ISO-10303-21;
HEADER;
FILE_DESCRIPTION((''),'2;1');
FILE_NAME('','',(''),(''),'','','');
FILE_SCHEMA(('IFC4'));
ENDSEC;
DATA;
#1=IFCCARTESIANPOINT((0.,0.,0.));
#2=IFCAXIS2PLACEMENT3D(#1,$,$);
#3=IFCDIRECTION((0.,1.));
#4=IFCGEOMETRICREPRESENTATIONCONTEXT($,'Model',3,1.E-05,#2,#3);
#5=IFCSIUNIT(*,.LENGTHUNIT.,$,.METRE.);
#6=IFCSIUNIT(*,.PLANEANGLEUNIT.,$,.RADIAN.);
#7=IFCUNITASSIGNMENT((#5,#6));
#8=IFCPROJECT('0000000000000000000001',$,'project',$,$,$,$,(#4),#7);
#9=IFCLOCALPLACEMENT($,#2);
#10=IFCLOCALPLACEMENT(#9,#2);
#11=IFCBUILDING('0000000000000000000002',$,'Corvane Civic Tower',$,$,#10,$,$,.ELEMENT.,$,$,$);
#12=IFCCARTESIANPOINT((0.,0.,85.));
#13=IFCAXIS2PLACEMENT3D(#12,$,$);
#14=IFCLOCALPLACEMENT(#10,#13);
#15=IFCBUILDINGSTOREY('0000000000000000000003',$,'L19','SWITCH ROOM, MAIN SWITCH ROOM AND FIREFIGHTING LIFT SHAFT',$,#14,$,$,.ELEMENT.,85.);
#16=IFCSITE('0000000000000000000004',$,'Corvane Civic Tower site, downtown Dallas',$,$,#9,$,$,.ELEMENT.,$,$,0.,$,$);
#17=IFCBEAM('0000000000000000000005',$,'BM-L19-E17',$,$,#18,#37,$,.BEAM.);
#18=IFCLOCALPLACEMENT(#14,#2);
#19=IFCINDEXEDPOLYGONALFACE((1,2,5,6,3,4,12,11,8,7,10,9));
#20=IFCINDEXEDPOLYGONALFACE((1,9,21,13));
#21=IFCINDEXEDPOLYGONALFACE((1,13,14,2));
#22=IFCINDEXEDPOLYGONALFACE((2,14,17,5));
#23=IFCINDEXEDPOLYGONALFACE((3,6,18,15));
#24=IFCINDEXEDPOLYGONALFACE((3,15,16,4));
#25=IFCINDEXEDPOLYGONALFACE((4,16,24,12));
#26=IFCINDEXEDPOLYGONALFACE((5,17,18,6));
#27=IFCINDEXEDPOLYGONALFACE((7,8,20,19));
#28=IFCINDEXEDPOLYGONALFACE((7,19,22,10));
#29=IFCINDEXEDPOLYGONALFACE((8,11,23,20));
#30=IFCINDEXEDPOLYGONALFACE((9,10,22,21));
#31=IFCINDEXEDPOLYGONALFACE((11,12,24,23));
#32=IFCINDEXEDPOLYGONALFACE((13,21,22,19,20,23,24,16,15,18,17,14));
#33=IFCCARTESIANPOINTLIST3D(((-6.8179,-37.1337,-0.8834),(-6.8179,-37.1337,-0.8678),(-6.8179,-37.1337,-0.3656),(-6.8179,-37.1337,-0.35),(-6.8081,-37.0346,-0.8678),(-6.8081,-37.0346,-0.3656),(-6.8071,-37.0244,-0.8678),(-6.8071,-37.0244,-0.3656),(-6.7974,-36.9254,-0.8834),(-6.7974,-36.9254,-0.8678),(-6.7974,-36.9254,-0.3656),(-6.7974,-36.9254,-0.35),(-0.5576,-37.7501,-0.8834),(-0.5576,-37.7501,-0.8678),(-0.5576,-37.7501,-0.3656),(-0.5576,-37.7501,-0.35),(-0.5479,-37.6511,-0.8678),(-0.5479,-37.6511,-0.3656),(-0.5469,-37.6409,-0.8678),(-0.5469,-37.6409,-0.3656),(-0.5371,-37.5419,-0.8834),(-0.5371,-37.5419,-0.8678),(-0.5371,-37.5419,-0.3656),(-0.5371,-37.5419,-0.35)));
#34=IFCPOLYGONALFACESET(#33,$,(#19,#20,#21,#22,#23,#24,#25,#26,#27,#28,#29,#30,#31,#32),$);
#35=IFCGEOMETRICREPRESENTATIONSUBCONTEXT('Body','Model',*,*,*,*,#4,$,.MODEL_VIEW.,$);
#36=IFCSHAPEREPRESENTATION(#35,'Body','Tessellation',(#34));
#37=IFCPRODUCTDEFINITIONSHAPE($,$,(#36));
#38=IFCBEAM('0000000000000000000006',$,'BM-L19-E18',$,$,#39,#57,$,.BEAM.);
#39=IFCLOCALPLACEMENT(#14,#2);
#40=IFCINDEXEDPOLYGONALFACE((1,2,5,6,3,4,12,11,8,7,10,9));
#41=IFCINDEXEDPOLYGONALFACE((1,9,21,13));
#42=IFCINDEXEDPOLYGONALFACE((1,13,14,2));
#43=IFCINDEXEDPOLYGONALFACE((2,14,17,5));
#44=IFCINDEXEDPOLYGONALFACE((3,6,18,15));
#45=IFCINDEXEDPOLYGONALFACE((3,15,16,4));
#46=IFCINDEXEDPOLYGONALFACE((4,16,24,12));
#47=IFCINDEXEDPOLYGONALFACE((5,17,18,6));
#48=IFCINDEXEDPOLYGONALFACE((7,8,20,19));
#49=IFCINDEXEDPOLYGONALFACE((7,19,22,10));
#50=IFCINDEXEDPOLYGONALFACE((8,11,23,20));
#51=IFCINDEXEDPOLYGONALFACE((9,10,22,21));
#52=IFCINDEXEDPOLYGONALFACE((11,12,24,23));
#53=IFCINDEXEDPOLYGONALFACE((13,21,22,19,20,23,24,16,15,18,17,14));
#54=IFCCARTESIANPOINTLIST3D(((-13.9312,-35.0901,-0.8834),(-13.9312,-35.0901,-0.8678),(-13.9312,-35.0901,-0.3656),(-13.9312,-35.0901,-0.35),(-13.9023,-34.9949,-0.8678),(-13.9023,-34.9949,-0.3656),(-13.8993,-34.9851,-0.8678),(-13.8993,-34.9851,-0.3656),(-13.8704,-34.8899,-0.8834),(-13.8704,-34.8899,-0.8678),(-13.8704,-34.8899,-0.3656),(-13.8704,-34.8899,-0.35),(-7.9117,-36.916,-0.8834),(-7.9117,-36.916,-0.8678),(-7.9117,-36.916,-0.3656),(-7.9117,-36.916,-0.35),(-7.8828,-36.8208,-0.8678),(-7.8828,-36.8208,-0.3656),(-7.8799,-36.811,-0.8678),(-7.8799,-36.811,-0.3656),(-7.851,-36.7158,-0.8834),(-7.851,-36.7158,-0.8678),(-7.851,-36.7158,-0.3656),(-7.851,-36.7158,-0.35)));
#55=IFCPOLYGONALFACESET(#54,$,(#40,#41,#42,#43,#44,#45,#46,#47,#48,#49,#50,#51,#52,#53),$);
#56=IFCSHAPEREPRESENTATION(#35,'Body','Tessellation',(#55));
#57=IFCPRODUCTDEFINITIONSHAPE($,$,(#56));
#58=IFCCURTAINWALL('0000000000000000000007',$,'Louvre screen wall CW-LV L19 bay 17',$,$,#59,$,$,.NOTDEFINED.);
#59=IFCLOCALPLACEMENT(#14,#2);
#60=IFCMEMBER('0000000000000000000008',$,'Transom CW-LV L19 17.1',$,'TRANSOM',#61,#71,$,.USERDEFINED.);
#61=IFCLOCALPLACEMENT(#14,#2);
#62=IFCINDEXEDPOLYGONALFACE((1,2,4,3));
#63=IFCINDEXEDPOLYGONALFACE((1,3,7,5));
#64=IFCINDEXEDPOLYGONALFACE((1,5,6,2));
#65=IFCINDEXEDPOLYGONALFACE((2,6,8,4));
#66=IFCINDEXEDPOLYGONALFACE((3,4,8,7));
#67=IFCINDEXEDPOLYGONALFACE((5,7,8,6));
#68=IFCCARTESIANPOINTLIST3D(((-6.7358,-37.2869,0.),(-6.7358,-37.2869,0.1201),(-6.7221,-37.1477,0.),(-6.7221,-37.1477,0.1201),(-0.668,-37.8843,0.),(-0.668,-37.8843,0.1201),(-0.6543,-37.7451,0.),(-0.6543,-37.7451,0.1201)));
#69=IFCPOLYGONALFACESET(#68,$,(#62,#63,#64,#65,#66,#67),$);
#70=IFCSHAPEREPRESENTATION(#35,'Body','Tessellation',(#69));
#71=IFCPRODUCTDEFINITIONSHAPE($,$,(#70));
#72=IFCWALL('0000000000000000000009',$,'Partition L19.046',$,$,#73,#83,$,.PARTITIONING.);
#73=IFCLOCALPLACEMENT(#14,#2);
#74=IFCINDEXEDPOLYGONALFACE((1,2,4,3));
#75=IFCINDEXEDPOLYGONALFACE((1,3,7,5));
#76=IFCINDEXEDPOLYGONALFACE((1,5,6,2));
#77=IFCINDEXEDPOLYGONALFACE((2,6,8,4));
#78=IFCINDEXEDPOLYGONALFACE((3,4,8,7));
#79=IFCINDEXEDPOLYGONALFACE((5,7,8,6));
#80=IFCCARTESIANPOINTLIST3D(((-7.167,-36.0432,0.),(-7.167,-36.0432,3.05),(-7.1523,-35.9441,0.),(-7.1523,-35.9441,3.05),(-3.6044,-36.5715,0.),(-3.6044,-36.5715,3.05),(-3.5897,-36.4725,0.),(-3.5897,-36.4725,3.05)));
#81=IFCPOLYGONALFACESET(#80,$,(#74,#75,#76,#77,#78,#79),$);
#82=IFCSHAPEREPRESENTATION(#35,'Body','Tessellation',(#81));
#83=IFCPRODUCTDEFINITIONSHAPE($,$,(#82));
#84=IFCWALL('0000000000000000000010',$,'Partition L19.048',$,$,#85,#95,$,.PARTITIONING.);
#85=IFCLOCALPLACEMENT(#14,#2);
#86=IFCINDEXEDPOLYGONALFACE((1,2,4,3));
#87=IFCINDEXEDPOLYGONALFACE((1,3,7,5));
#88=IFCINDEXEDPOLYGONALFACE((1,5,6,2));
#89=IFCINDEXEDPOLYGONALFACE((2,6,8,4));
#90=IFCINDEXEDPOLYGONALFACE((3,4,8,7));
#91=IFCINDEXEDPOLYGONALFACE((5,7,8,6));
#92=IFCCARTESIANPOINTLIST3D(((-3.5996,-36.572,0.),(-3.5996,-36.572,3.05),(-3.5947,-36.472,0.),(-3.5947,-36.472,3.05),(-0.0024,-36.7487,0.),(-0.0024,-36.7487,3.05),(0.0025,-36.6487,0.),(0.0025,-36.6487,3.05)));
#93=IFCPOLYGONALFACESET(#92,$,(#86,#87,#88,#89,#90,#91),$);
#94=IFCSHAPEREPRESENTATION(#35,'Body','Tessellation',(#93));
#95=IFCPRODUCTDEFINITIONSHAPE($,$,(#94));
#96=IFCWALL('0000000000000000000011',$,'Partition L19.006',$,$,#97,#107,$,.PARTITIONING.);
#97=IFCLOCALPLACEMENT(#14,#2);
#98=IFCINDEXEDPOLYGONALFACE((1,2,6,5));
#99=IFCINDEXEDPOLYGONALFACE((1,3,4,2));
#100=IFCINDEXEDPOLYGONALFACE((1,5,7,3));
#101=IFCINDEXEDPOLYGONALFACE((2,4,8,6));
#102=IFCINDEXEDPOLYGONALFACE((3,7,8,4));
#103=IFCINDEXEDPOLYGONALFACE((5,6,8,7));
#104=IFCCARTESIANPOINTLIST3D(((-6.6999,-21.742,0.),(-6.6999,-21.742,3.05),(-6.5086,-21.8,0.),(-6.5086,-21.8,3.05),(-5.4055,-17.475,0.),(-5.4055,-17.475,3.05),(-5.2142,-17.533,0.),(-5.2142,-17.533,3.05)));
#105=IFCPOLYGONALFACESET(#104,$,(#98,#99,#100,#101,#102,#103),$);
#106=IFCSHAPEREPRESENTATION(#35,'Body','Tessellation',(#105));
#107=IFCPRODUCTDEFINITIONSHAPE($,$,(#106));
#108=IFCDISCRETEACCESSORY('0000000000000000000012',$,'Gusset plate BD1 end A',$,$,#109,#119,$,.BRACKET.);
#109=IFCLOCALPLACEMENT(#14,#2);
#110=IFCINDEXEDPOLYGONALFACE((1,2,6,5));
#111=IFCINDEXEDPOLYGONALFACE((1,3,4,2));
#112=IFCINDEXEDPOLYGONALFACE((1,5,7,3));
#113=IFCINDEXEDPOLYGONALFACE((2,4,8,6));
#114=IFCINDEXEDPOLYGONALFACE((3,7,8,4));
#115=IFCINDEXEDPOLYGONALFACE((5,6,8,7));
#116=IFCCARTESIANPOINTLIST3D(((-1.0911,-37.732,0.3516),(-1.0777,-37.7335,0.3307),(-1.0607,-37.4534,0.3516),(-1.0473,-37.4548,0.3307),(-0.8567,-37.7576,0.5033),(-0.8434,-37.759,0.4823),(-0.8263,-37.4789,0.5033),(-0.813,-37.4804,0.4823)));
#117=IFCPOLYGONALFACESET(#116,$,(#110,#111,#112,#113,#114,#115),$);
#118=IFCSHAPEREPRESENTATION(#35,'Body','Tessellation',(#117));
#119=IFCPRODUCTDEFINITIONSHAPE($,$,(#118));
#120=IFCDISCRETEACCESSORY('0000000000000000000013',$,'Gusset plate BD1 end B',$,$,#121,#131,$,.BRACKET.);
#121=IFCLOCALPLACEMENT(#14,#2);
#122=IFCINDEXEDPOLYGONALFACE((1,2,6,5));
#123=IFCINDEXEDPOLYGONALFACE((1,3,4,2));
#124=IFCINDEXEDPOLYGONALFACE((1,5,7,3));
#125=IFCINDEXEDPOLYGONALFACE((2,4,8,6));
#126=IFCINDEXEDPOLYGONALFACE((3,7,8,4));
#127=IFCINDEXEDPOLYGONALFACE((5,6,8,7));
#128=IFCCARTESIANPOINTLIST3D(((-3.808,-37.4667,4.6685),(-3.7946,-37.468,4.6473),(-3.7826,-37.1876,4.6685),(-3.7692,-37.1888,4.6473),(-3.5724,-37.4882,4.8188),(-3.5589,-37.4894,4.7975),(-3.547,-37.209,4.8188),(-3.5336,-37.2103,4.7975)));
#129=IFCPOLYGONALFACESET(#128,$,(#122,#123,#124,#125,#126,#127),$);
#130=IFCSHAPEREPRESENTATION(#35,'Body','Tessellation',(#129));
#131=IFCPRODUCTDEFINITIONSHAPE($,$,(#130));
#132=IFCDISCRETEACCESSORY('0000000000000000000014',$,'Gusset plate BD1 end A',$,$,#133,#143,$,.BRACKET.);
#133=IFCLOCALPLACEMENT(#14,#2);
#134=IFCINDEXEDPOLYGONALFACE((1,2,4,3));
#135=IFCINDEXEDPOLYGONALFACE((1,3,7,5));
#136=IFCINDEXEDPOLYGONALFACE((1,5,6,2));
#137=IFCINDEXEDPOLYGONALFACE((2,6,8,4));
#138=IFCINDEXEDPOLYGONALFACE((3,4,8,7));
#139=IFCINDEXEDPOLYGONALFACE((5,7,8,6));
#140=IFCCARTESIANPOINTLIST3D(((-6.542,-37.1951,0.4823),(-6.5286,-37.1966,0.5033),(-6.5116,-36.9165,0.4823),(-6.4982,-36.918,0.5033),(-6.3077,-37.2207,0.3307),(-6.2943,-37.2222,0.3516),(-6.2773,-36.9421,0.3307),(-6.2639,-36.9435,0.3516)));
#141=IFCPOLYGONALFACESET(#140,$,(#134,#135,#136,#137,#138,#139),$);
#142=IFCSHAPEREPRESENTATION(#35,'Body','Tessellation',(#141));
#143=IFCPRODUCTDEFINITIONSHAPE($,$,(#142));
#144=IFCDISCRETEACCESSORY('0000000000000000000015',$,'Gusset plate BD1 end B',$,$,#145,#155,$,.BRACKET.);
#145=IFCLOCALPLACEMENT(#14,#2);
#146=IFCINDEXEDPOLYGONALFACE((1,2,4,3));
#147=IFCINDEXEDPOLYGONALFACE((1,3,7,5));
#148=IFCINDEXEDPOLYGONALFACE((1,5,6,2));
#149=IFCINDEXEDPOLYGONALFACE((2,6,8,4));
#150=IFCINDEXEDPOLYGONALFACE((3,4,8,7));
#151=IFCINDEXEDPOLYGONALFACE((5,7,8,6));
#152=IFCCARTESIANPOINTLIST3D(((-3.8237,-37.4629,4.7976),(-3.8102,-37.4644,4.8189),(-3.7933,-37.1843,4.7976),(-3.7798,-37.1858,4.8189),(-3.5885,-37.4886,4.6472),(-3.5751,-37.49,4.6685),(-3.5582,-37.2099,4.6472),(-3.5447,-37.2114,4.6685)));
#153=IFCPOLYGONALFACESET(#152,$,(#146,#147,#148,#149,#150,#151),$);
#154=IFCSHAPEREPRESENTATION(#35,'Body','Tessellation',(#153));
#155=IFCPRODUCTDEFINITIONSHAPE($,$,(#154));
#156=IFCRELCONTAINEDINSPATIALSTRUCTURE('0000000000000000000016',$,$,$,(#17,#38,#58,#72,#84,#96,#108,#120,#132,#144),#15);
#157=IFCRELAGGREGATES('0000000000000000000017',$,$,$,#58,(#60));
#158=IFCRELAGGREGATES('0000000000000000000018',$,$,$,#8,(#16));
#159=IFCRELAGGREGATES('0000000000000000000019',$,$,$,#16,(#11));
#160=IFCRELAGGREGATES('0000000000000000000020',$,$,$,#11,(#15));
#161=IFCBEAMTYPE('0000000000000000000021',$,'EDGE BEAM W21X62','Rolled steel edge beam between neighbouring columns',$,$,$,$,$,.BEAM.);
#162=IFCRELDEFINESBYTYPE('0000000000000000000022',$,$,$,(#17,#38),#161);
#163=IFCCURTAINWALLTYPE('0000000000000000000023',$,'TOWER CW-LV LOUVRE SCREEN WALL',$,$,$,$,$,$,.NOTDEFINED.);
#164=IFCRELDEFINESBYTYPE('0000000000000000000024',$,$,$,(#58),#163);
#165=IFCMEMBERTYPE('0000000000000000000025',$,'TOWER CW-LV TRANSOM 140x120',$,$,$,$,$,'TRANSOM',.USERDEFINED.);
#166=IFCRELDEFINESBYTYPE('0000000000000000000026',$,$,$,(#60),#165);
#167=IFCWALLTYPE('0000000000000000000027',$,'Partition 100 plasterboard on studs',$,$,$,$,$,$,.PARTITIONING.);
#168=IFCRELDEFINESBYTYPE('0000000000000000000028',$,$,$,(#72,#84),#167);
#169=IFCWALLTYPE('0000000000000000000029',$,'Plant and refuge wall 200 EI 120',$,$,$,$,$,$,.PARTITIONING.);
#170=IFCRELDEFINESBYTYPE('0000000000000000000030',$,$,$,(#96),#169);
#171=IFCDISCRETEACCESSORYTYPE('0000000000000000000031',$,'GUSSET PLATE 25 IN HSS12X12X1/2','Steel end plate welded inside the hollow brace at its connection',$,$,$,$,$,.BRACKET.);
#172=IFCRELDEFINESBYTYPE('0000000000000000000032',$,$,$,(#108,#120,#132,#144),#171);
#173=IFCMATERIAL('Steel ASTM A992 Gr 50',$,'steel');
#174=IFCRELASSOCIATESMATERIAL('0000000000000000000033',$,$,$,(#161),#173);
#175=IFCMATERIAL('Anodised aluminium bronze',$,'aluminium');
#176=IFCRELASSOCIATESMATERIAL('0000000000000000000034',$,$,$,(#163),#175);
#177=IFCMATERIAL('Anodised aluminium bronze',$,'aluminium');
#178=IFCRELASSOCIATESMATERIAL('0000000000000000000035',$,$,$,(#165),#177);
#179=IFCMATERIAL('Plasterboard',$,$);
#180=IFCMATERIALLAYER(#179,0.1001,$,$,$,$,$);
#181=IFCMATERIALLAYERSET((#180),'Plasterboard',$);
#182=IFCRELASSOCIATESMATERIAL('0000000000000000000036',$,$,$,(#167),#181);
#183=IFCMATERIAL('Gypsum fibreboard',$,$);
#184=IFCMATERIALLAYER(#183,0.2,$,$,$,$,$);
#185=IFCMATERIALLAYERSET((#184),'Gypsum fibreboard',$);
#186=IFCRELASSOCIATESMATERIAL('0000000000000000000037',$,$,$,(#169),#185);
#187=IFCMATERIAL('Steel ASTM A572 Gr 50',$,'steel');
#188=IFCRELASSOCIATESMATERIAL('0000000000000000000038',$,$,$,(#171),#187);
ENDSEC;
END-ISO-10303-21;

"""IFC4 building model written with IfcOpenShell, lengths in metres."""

from ifc_helpers import new_model, si_unit, direction, frame, frame_2d, origin, origin_2d, place, context, subcontext, project, spatial, rectangle, i_section, extrude, material, layer, layer_set, material_profile, profile_set, type_object, element, aggregate, save


model = new_model("IFC4")

# Units and contexts
model_context = context("Model", 3, precision=1e-05, world=origin(), true_north=direction((0.0, 1.0)))
body_context = subcontext(model_context, "Body", "Model", "MODEL_VIEW")
ifc_project = project(units=[si_unit("LENGTHUNIT", "METRE"), si_unit("PLANEANGLEUNIT", "RADIAN")], contexts=[model_context])

# Site, building, storey
site_placement = place(None, origin())
site = spatial("IfcSite", under=ifc_project, at=site_placement, Name="Corvane Civic Tower site, downtown Dallas", CompositionType="ELEMENT", RefElevation=0.0)
building_placement = place(site_placement, origin())
building = spatial("IfcBuilding", under=site, at=building_placement, Name="Corvane Civic Tower", CompositionType="ELEMENT")
storey_placement = place(building_placement, frame((0.0, 0.0, 85.0)))
storey = spatial("IfcBuildingStorey", under=building, at=storey_placement, Name="L19", Description="SWITCH ROOM, MAIN SWITCH ROOM AND FIREFIGHTING LIFT SHAFT", CompositionType="ELEMENT", Elevation=85.0)

# Beams
ifc_material_1 = material(Name="Steel ASTM A992 Gr 50", Category="steel")
ifc_material_profile_1 = material_profile(ifc_material_1, i_section(OverallWidth=0.2092, OverallDepth=0.5334, WebThickness=0.0103, FlangeThickness=0.0156, at=origin_2d()), Name="W21X62")
ifc_profile_set_1 = profile_set([ifc_material_profile_1], Name="Steel ASTM A992 Gr 50")
beam_type = type_object("IfcBeamType", Name="EDGE BEAM W21X62", Description="Rolled steel edge beam between neighbouring columns", PredefinedType="BEAM", material=ifc_profile_set_1)
beam_1_placement = place(storey_placement, frame((-0.5474, -37.646, -0.6167), z_axis=(-0.995187, 0.097997, 0.0), x_axis=(-0.097997, -0.995187, 0.0)))
element("IfcBeam", 1, at=beam_1_placement, inside=storey, type_object=beam_type, Name="BM-L19-E17", PredefinedType="BEAM", context=body_context, shape_type="SweptSolid", body=[
    extrude(i_section(OverallWidth=0.2092, OverallDepth=0.5334, WebThickness=0.0103, FlangeThickness=0.0156, at=origin_2d()), origin(), (0.0, 0.0, 1.0), 6.2905),
])
beam_2_placement = place(storey_placement, frame((-7.8813, -36.8159, -0.6167), z_axis=(-0.956944, 0.290273, 0.0), x_axis=(-0.290273, -0.956944, 0.0)))
element("IfcBeam", 2, at=beam_2_placement, inside=storey, type_object=beam_type, Name="BM-L19-E18", PredefinedType="BEAM", context=body_context, shape_type="SweptSolid", body=[
    extrude(i_section(OverallWidth=0.2092, OverallDepth=0.5334, WebThickness=0.0103, FlangeThickness=0.0156, at=origin_2d()), origin(), (0.0, 0.0, 1.0), 6.2903),
])

# Curtain wall, member
ifc_material_2 = material(Name="Anodised aluminium bronze", Category="aluminium")
curtain_wall_type = type_object("IfcCurtainWallType", Name="TOWER CW-LV LOUVRE SCREEN WALL", PredefinedType="NOTDEFINED", material=ifc_material_2)
curtain_wall_1_placement = place(storey_placement, origin())
curtain_wall_1 = element("IfcCurtainWall", 3, at=curtain_wall_1_placement, inside=storey, type_object=curtain_wall_type, Name="Louvre screen wall CW-LV L19 bay 17", PredefinedType="NOTDEFINED")
ifc_material_3 = material(Name="Anodised aluminium bronze", Category="aluminium")
ifc_material_profile_2 = material_profile(ifc_material_3, rectangle(XDim=0.1399, YDim=0.1201, at=origin_2d()), Name="TOWER CW-LV TRANSOM 140x120")
ifc_profile_set_2 = profile_set([ifc_material_profile_2], Name="Anodised aluminium bronze")
member_type_1 = type_object("IfcMemberType", Name="TOWER CW-LV TRANSOM 140x120", ElementType="TRANSOM", PredefinedType="USERDEFINED", material=ifc_profile_set_2)
member_placement = place(storey_placement, frame((-0.6611, -37.8147, 0.0601), z_axis=(-0.995188, 0.097981, 0.0), x_axis=(-0.097981, -0.995188, 0.0)))
member = element("IfcMember", 4, at=member_placement, type_object=member_type_1, Name="Transom CW-LV L19 17.1", ObjectType="TRANSOM", PredefinedType="USERDEFINED", context=body_context, shape_type="SweptSolid", body=[
    extrude(rectangle(XDim=0.1399, YDim=0.1201, at=origin_2d()), origin(), (0.0, 0.0, 1.0), 6.0972),
])

# Walls
ifc_material_4 = material(Name="Plasterboard")
ifc_layer_1 = layer(ifc_material_4, 0.1001)
ifc_layer_set_1 = layer_set([ifc_layer_1], Name="Plasterboard")
wall_type_1 = type_object("IfcWallType", Name="Partition 100 plasterboard on studs", PredefinedType="PARTITIONING", material=ifc_layer_set_1)
for number, where, z_axis, x_axis, name in (
    (5, (-7.1597, -35.9937, 0.0), (0.0, 0.0, 1.0), (0.989182, -0.146696, 0.0), "Partition L19.046"),
    (6, (-3.5972, -36.522, 0.0), (0.0, 0.0, 1.0), (0.998795, -0.049079, 0.0), "Partition L19.048"),
):
    element("IfcWall", number, at=place(storey_placement, frame(where, z_axis=z_axis, x_axis=x_axis)), inside=storey, type_object=wall_type_1, Name=name, PredefinedType="PARTITIONING", context=body_context, shape_type="SweptSolid", body=[
        extrude(rectangle(XDim=3.6016, YDim=0.1001, at=frame_2d((1.8008, 0.0))), origin(), (0.0, 0.0, 1.0), 3.05),
    ])
ifc_material_5 = material(Name="Gypsum fibreboard")
ifc_layer_2 = layer(ifc_material_5, 0.2)
ifc_layer_set_2 = layer_set([ifc_layer_2], Name="Gypsum fibreboard")
wall_type_2 = type_object("IfcWallType", Name="Plant and refuge wall 200 EI 120", PredefinedType="PARTITIONING", material=ifc_layer_set_2)
wall_placement = place(storey_placement, frame((-6.6042, -21.771, 0.0), z_axis=(0.0, 0.0, 1.0), x_axis=(0.29029, 0.956939, 0.0)))
element("IfcWall", 7, at=wall_placement, inside=storey, type_object=wall_type_2, Name="Partition L19.006", PredefinedType="PARTITIONING", context=body_context, shape_type="SweptSolid", body=[
    extrude(rectangle(XDim=4.459, YDim=0.2, at=frame_2d((2.2295, 0.0))), origin(), (0.0, 0.0, 1.0), 3.05),
])

aggregate(curtain_wall_1, [member])

# Discrete accessories
ifc_material_6 = material(Name="Steel ASTM A572 Gr 50", Category="steel")
ifc_material_profile_3 = material_profile(ifc_material_6, rectangle(XDim=0.2803, YDim=0.2803, at=origin_2d()), Name="GUSSET PLATE 25 IN HSS12X12X1/2")
ifc_profile_set_3 = profile_set([ifc_material_profile_3], Name="Steel ASTM A572 Gr 50")
discrete_accessory_type = type_object("IfcDiscreteAccessoryType", Name="GUSSET PLATE 25 IN HSS12X12X1/2", Description="Steel end plate welded inside the hollow brace at its connection", PredefinedType="BRACKET", material=ifc_profile_set_3)
discrete_accessory_1_placement = place(storey_placement, frame((-0.9453, -37.6069, 0.4065), z_axis=(-0.537847, 0.058674, 0.840998), x_axis=(-0.108448, -0.994102, 0.0)))
element("IfcDiscreteAccessory", 8, at=discrete_accessory_1_placement, inside=storey, type_object=discrete_accessory_type, Name="Gusset plate BD1 end A", PredefinedType="BRACKET", context=body_context, shape_type="SweptSolid", body=[
    extrude(rectangle(XDim=0.2803, YDim=0.2803, at=origin_2d()), origin(), (0.0, 0.0, 1.0), 0.0249),
])
discrete_accessory_2_placement = place(storey_placement, frame((-3.6775, -37.3379, 4.7437), z_axis=(0.533729, -0.048521, -0.844262), x_axis=(0.090536, 0.995893, 0.0)))
element("IfcDiscreteAccessory", 9, at=discrete_accessory_2_placement, inside=storey, type_object=discrete_accessory_type, Name="Gusset plate BD1 end B", PredefinedType="BRACKET", context=body_context, shape_type="SweptSolid", body=[
    extrude(rectangle(XDim=0.2803, YDim=0.2803, at=origin_2d()), origin(), (0.0, 0.0, 1.0), 0.0251),
])
discrete_accessory_3_placement = place(storey_placement, frame((-6.4097, -37.0686, 0.4065), z_axis=(0.537847, -0.058674, 0.840998), x_axis=(0.108448, 0.994102, 0.0)))
element("IfcDiscreteAccessory", 10, at=discrete_accessory_3_placement, inside=storey, type_object=discrete_accessory_type, Name="Gusset plate BD1 end A", PredefinedType="BRACKET", context=body_context, shape_type="SweptSolid", body=[
    extrude(rectangle(XDim=0.2803, YDim=0.2803, at=origin_2d()), origin(), (0.0, 0.0, 1.0), 0.0249),
])
discrete_accessory_4_placement = place(storey_placement, frame((-3.6775, -37.3379, 4.7437), z_axis=(-0.533453, 0.058195, -0.843825), x_axis=(-0.108448, -0.994102, 0.0)))
element("IfcDiscreteAccessory", 11, at=discrete_accessory_4_placement, inside=storey, type_object=discrete_accessory_type, Name="Gusset plate BD1 end B", PredefinedType="BRACKET", context=body_context, shape_type="SweptSolid", body=[
    extrude(rectangle(XDim=0.2803, YDim=0.2803, at=origin_2d()), origin(), (0.0, 0.0, 1.0), 0.0251),
])

save(model, "model.ifc")
